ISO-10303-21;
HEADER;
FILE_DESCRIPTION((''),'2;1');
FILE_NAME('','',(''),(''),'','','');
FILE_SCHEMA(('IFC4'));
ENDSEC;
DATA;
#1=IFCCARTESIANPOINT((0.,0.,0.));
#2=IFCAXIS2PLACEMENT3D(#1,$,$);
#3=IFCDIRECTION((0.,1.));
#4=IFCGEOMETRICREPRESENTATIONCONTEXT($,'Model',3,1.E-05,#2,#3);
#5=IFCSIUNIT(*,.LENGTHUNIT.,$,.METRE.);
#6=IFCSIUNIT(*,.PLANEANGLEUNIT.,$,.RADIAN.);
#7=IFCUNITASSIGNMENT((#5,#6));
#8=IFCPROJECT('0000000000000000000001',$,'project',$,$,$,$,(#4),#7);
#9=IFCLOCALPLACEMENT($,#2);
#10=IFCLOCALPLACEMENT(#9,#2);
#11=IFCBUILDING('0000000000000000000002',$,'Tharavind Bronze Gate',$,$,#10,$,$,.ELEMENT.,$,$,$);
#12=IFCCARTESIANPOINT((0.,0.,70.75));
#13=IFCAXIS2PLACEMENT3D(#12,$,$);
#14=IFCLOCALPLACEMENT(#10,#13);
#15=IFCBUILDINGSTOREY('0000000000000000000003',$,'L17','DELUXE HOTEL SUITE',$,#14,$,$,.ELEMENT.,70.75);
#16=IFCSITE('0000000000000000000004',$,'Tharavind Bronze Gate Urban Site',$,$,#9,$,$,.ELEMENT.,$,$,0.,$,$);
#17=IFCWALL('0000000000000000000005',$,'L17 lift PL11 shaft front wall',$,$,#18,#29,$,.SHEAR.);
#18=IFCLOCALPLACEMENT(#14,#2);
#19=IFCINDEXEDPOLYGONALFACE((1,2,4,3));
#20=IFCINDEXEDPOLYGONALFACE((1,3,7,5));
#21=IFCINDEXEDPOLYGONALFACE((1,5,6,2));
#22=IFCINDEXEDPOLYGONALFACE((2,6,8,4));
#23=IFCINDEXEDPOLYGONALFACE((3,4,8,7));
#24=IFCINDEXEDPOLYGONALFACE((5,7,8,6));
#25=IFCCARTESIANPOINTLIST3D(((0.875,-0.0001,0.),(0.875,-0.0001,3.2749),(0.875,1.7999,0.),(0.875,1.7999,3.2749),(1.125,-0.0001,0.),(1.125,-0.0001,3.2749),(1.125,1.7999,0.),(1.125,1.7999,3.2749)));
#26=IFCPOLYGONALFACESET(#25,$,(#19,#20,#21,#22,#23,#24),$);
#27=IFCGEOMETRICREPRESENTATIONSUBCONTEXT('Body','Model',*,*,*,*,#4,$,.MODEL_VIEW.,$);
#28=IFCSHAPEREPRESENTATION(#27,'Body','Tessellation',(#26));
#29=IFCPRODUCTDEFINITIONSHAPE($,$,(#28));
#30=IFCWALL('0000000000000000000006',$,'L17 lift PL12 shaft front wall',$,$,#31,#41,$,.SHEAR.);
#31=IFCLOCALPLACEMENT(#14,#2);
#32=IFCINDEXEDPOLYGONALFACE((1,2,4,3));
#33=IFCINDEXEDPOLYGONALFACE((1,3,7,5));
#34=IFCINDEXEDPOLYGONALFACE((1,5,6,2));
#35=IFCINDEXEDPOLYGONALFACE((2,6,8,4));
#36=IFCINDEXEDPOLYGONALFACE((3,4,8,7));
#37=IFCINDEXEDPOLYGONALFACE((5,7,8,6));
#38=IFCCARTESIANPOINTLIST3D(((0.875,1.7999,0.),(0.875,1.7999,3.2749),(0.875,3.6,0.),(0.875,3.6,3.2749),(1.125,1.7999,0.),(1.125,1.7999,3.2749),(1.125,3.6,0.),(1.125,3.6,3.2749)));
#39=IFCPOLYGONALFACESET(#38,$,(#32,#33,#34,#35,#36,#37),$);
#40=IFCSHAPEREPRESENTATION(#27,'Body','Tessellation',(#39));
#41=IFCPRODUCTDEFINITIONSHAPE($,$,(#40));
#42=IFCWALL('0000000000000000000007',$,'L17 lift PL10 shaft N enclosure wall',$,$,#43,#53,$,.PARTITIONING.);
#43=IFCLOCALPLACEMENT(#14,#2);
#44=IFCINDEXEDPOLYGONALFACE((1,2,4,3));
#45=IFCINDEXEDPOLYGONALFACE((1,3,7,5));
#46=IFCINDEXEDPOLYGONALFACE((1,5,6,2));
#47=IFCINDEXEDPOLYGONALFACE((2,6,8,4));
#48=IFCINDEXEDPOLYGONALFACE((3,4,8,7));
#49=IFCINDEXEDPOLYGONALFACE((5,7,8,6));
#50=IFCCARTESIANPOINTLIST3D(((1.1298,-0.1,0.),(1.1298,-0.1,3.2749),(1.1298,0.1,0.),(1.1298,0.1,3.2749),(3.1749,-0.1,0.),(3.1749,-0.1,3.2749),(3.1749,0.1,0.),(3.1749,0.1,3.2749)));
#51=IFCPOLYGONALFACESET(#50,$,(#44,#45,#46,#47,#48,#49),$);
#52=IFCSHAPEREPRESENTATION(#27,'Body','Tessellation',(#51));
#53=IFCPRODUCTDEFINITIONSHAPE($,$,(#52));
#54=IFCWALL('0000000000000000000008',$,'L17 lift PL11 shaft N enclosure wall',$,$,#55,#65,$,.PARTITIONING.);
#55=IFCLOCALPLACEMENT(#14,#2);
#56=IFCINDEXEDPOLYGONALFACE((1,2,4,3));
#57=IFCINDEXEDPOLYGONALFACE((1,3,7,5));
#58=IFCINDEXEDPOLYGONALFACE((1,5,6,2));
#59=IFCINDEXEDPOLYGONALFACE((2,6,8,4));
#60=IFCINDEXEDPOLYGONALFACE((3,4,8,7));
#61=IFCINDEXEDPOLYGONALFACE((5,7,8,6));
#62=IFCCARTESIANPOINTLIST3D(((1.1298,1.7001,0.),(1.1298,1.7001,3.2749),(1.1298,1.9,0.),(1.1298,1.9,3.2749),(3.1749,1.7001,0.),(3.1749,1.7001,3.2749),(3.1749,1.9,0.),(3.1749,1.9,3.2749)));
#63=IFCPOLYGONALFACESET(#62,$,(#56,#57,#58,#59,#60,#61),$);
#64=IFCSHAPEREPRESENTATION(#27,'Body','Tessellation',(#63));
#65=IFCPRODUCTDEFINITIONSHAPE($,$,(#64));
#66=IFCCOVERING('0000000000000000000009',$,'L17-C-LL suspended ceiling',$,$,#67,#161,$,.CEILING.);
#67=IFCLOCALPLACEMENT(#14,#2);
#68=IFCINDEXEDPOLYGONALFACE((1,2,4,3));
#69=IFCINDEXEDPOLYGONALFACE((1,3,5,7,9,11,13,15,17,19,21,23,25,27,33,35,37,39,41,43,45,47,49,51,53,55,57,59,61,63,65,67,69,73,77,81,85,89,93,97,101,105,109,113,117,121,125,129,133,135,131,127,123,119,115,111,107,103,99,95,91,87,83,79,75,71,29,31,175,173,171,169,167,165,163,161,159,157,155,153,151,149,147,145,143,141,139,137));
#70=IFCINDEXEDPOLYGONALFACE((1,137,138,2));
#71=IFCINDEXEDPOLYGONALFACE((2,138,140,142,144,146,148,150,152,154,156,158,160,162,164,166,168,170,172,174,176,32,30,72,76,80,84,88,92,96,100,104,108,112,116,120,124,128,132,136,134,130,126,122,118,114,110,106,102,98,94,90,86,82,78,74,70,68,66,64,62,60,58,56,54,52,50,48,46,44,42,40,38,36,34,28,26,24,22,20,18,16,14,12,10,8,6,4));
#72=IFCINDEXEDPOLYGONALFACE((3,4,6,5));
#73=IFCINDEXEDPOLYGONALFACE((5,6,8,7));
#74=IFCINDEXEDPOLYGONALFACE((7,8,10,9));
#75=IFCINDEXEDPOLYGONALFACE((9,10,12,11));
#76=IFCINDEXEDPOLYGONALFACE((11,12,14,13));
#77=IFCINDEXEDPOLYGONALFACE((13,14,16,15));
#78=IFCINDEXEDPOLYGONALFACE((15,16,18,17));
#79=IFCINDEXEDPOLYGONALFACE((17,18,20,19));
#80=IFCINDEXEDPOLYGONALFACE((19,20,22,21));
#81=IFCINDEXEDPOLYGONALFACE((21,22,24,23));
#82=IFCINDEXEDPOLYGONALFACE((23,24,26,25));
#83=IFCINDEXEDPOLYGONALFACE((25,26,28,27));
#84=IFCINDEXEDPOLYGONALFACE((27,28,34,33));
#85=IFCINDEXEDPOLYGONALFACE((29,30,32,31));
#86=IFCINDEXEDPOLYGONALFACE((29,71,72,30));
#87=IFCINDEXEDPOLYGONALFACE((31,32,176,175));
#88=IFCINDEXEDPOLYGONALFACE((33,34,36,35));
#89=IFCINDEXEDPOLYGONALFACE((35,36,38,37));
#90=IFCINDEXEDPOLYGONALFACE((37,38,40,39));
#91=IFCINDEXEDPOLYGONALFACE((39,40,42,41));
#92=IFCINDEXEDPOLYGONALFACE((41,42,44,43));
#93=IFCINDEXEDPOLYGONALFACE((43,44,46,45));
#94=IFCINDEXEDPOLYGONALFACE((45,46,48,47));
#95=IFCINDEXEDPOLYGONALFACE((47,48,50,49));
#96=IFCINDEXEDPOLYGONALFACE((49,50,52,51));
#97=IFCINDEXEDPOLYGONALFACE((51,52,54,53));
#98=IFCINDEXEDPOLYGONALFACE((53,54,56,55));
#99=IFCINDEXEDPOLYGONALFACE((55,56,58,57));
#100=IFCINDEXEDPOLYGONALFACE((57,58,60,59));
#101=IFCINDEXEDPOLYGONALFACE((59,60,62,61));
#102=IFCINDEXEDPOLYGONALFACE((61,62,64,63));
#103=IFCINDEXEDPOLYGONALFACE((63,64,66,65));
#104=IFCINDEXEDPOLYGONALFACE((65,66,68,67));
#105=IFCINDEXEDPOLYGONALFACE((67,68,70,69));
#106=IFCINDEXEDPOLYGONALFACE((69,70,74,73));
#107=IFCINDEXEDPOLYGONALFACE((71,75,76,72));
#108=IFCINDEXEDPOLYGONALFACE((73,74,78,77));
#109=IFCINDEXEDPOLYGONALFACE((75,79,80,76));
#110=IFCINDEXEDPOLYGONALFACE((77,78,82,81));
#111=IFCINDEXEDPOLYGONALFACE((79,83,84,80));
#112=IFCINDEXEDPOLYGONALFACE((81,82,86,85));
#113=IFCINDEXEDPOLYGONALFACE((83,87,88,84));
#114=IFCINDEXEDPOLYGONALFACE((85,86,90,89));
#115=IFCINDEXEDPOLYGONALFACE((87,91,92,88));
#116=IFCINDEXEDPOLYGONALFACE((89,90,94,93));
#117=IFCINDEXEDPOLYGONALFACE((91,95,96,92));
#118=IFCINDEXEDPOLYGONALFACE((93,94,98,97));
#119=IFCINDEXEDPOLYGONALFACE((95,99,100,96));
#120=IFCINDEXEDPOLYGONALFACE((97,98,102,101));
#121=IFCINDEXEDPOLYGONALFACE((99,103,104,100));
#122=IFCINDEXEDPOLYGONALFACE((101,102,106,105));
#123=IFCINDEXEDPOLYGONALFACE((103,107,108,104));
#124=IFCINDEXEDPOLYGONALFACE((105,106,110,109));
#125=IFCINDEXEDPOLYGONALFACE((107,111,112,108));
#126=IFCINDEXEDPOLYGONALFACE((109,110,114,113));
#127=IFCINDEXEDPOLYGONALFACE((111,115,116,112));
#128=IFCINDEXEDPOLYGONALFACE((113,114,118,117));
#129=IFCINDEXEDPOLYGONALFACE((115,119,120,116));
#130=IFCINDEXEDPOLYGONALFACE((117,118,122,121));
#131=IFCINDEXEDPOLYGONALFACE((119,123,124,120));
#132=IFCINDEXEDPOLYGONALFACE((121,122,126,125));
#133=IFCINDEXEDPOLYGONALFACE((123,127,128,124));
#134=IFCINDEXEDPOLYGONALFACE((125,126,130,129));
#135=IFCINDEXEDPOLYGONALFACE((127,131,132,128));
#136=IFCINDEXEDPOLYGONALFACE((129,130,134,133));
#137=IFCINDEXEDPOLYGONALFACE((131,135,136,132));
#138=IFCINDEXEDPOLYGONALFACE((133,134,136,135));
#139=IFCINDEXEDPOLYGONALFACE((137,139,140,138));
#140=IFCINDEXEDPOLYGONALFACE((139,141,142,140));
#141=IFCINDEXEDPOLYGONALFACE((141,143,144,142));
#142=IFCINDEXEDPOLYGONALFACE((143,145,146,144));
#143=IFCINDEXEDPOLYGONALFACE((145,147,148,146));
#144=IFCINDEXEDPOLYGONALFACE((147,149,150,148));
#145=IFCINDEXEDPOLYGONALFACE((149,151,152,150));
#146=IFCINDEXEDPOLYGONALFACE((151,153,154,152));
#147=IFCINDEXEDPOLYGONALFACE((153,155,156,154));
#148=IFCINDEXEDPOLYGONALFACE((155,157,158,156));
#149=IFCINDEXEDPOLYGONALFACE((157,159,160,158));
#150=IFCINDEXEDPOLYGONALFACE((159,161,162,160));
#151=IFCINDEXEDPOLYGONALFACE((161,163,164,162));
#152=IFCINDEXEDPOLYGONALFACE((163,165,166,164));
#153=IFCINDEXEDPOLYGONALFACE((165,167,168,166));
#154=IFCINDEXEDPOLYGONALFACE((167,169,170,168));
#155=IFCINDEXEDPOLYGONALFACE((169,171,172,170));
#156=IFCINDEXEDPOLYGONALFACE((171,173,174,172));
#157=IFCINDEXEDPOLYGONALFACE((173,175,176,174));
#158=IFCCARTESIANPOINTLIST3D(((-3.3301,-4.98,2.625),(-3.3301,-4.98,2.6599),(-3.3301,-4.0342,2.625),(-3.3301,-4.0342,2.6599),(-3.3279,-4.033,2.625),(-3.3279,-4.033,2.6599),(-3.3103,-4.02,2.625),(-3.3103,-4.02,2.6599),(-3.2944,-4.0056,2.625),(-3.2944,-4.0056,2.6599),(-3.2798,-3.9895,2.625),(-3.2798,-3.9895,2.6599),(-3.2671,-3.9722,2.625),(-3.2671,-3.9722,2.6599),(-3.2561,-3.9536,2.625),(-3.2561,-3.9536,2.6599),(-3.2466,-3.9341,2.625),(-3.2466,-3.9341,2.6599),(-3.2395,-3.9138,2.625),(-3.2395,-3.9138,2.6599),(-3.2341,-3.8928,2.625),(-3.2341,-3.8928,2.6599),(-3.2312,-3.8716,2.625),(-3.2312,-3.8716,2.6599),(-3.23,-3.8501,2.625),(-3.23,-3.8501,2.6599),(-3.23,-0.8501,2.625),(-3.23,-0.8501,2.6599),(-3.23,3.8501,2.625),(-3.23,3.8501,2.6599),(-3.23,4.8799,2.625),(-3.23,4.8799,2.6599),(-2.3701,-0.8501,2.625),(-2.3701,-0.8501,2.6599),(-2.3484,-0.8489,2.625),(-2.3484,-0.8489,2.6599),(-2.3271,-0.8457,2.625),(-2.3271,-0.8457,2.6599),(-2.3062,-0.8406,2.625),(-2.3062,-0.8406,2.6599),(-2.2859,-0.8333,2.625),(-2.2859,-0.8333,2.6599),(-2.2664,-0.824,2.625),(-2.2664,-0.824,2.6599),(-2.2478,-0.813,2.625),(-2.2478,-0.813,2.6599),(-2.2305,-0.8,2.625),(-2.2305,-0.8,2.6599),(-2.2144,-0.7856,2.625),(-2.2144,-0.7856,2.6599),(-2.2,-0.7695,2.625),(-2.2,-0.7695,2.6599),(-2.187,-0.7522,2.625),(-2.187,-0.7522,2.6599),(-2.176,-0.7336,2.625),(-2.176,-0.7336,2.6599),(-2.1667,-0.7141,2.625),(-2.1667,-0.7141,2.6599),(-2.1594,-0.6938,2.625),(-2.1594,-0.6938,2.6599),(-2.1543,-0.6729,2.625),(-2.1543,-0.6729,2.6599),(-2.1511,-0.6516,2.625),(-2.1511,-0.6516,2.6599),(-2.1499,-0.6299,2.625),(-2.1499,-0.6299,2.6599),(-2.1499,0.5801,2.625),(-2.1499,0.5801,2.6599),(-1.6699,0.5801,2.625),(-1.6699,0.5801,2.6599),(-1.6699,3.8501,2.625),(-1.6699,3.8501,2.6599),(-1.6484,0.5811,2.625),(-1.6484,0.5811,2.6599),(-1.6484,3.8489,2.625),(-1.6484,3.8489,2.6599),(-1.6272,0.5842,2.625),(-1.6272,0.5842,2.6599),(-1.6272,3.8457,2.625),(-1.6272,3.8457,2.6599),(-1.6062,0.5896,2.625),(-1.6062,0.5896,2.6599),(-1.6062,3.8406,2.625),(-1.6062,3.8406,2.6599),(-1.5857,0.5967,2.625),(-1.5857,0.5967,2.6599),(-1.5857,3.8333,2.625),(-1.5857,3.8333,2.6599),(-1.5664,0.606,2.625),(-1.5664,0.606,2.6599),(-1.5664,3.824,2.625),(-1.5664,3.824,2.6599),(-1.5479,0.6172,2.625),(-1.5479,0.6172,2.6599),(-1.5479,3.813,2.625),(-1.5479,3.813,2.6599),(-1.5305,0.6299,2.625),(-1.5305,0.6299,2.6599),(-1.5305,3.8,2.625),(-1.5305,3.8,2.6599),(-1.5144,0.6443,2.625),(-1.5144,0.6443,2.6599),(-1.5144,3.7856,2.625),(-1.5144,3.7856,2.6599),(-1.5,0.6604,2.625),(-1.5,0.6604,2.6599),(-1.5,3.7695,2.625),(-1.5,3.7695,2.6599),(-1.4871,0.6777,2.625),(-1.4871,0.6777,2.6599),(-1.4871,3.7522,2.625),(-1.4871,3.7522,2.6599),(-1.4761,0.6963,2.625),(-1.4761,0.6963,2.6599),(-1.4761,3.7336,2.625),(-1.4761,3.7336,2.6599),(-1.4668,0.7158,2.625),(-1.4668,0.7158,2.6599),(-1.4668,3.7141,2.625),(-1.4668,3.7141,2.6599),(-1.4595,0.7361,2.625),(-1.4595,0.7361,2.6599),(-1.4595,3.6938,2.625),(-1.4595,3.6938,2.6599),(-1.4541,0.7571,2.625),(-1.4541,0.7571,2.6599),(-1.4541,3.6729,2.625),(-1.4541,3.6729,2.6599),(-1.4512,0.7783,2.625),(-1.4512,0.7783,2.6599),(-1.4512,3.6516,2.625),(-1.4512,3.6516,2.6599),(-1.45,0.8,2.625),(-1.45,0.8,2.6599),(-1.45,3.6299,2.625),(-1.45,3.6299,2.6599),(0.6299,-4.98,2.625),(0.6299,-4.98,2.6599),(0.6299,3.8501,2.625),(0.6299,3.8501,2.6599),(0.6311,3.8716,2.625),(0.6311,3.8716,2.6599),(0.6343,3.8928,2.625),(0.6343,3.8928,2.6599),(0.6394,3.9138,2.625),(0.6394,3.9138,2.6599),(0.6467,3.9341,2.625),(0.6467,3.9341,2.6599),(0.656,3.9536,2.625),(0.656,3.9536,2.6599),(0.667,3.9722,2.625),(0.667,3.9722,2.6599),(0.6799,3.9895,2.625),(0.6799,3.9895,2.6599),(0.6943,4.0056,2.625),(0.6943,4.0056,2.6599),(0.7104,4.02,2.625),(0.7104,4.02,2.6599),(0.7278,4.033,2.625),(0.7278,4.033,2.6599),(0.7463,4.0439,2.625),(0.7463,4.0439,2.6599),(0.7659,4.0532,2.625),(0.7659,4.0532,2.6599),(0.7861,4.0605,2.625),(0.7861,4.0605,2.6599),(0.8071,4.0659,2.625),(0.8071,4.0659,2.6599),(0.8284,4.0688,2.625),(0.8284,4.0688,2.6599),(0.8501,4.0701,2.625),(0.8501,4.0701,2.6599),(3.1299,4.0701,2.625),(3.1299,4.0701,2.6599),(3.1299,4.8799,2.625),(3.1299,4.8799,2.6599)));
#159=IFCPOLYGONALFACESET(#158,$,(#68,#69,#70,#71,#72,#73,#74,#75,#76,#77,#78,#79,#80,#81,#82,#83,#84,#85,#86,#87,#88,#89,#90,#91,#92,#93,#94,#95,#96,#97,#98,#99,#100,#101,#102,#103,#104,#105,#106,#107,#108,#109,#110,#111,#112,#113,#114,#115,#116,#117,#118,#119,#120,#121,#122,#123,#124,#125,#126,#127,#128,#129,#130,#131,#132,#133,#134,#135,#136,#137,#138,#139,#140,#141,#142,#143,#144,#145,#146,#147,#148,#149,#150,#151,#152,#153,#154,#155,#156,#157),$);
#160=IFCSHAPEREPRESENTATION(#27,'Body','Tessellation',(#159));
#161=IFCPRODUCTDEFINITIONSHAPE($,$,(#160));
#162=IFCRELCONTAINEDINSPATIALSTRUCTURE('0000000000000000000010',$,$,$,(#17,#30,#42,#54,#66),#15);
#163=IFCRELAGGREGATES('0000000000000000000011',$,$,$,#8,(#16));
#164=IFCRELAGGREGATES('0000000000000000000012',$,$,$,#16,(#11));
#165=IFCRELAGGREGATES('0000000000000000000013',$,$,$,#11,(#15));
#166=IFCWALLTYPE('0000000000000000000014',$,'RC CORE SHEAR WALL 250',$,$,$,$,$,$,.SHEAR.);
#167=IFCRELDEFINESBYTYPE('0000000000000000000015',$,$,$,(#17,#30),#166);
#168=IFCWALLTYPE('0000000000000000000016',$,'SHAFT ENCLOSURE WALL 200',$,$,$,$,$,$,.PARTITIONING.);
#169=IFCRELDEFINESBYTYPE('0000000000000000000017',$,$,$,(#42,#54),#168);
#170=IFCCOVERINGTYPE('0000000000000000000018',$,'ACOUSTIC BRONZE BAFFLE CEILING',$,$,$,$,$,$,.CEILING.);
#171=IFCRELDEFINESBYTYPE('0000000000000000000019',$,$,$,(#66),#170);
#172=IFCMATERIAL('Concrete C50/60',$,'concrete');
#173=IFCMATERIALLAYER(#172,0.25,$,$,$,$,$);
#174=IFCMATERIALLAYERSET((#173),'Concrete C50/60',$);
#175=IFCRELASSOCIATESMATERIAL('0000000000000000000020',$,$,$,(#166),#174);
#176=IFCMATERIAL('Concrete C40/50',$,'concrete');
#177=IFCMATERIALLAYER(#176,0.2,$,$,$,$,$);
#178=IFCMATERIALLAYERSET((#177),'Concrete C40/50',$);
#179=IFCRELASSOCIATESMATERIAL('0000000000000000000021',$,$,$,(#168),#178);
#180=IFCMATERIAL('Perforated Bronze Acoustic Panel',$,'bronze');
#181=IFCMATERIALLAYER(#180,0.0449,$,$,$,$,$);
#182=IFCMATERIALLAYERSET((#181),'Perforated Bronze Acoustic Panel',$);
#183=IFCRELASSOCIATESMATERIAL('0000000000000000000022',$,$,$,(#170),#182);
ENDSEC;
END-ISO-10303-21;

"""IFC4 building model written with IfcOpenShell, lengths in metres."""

from ifc_helpers import new_model, si_unit, direction, frame, frame_2d, origin, place, context, subcontext, project, spatial, polyline, rectangle, outline, extrude, material, layer, layer_set, type_object, element, save


model = new_model("IFC4")

# Units and contexts
model_context = context("Model", 3, precision=1e-05, world=origin(), true_north=direction((0.0, 1.0)))
body_context = subcontext(model_context, "Body", "Model", "MODEL_VIEW")
ifc_project = project(units=[si_unit("LENGTHUNIT", "METRE"), si_unit("PLANEANGLEUNIT", "RADIAN")], contexts=[model_context])

# Site, building, storey
site_placement = place(None, origin())
site = spatial("IfcSite", under=ifc_project, at=site_placement, Name="Tharavind Bronze Gate Urban Site", CompositionType="ELEMENT", RefElevation=0.0)
building_placement = place(site_placement, origin())
building = spatial("IfcBuilding", under=site, at=building_placement, Name="Tharavind Bronze Gate", CompositionType="ELEMENT")
storey_placement = place(building_placement, frame((0.0, 0.0, 70.75)))
storey = spatial("IfcBuildingStorey", under=building, at=storey_placement, Name="L17", Description="DELUXE HOTEL SUITE", CompositionType="ELEMENT", Elevation=70.75)

# Walls
ifc_material_1 = material(Name="Concrete C50/60", Category="concrete")
ifc_layer_1 = layer(ifc_material_1, 0.25)
ifc_layer_set_1 = layer_set([ifc_layer_1], Name="Concrete C50/60")
wall_type_1 = type_object("IfcWallType", Name="RC CORE SHEAR WALL 250", PredefinedType="SHEAR", material=ifc_layer_set_1)
for number, where, z_axis, x_axis, name in (
    (1, (1.0, 0.0, 0.0), (0.0, 0.0, 1.0), (0.0, 1.0, 0.0), "L17 lift PL11 shaft front wall"),
    (2, (1.0, 1.8, 0.0), (0.0, 0.0, 1.0), (0.0, 1.0, 0.0), "L17 lift PL12 shaft front wall"),
):
    element("IfcWall", number, at=place(storey_placement, frame(where, z_axis=z_axis, x_axis=x_axis)), inside=storey, type_object=wall_type_1, Name=name, PredefinedType="SHEAR", context=body_context, shape_type="SweptSolid", body=[
        extrude(rectangle(XDim=1.8, YDim=0.25, at=frame_2d((0.8999, 0.0))), origin(), (0.0, 0.0, 1.0), 3.2749),
    ])
ifc_material_2 = material(Name="Concrete C40/50", Category="concrete")
ifc_layer_2 = layer(ifc_material_2, 0.2)
ifc_layer_set_2 = layer_set([ifc_layer_2], Name="Concrete C40/50")
wall_type_2 = type_object("IfcWallType", Name="SHAFT ENCLOSURE WALL 200", PredefinedType="PARTITIONING", material=ifc_layer_set_2)
for number, where, z_axis, x_axis, name in (
    (3, (1.1299, 0.0, 0.0), (0.0, 0.0, 1.0), (1.0, 0.0, 0.0), "L17 lift PL10 shaft N enclosure wall"),
    (4, (1.1299, 1.8, 0.0), (0.0, 0.0, 1.0), (1.0, 0.0, 0.0), "L17 lift PL11 shaft N enclosure wall"),
):
    element("IfcWall", number, at=place(storey_placement, frame(where, z_axis=z_axis, x_axis=x_axis)), inside=storey, type_object=wall_type_2, Name=name, PredefinedType="PARTITIONING", context=body_context, shape_type="SweptSolid", body=[
        extrude(rectangle(XDim=2.0452, YDim=0.2, at=frame_2d((1.0225, 0.0))), origin(), (0.0, 0.0, 1.0), 3.2749),
    ])

# Covering
ifc_material_3 = material(Name="Perforated Bronze Acoustic Panel", Category="bronze")
ifc_layer_3 = layer(ifc_material_3, 0.0449)
ifc_layer_set_3 = layer_set([ifc_layer_3], Name="Perforated Bronze Acoustic Panel")
covering_type_1 = type_object("IfcCoveringType", Name="ACOUSTIC BRONZE BAFFLE CEILING", PredefinedType="CEILING", material=ifc_layer_set_3)
covering_1_placement = place(storey_placement, frame((0.0, 0.0, 2.625)))
element("IfcCovering", 5, at=covering_1_placement, inside=storey, type_object=covering_type_1, Name="L17-C-LL suspended ceiling", PredefinedType="CEILING", context=body_context, shape_type="SweptSolid", body=[
    extrude(outline(polyline([(-3.3301, -4.98), (0.6299, -4.98), (0.6299, 3.8501), (0.6311, 3.8716), (0.6343, 3.8928), (0.6394, 3.9138), (0.6467, 3.9341), (0.656, 3.9536), (0.667, 3.9722), (0.6799, 3.9895), (0.6943, 4.0056), (0.7104, 4.02), (0.7278, 4.033), (0.7463, 4.0439), (0.7659, 4.0532), (0.7861, 4.0605), (0.8071, 4.0659), (0.8284, 4.0688), (0.8501, 4.0701), (3.1299, 4.0701), (3.1299, 4.8799), (-3.23, 4.8799), (-3.23, 3.8501), (-1.6699, 3.8501), (-1.6484, 3.8489), (-1.6272, 3.8457), (-1.6062, 3.8406), (-1.5857, 3.8333), (-1.5664, 3.824), (-1.5479, 3.813), (-1.5305, 3.8), (-1.5144, 3.7856), (-1.5, 3.7695), (-1.4871, 3.7522), (-1.4761, 3.7336), (-1.4668, 3.7141), (-1.4595, 3.6938), (-1.4541, 3.6729), (-1.4512, 3.6516), (-1.45, 3.6299), (-1.45, 0.8), (-1.4512, 0.7783), (-1.4541, 0.7571), (-1.4595, 0.7361), (-1.4668, 0.7158), (-1.4761, 0.6963), (-1.4871, 0.6777), (-1.5, 0.6604), (-1.5144, 0.6443), (-1.5305, 0.6299), (-1.5479, 0.6172), (-1.5664, 0.606), (-1.5857, 0.5967), (-1.6062, 0.5896), (-1.6272, 0.5842), (-1.6484, 0.5811), (-1.6699, 0.5801), (-2.1499, 0.5801), (-2.1499, -0.6299), (-2.1511, -0.6516), (-2.1543, -0.6729), (-2.1594, -0.6938), (-2.1667, -0.7141), (-2.176, -0.7336), (-2.187, -0.7522), (-2.2, -0.7695), (-2.2144, -0.7856), (-2.2305, -0.8), (-2.2478, -0.813), (-2.2664, -0.824), (-2.2859, -0.8333), (-2.3062, -0.8406), (-2.3271, -0.8457), (-2.3484, -0.8489), (-2.3701, -0.8501), (-3.23, -0.8501), (-3.23, -3.8501), (-3.2312, -3.8716), (-3.2341, -3.8928), (-3.2395, -3.9138), (-3.2466, -3.9341), (-3.2561, -3.9536), (-3.2671, -3.9722), (-3.2798, -3.9895), (-3.2944, -4.0056), (-3.3103, -4.02), (-3.3279, -4.033), (-3.3301, -4.0342), (-3.3301, -4.98)])), origin(), (0.0, 0.0, 1.0), 0.0349),
])

save(model, "model.ifc")
